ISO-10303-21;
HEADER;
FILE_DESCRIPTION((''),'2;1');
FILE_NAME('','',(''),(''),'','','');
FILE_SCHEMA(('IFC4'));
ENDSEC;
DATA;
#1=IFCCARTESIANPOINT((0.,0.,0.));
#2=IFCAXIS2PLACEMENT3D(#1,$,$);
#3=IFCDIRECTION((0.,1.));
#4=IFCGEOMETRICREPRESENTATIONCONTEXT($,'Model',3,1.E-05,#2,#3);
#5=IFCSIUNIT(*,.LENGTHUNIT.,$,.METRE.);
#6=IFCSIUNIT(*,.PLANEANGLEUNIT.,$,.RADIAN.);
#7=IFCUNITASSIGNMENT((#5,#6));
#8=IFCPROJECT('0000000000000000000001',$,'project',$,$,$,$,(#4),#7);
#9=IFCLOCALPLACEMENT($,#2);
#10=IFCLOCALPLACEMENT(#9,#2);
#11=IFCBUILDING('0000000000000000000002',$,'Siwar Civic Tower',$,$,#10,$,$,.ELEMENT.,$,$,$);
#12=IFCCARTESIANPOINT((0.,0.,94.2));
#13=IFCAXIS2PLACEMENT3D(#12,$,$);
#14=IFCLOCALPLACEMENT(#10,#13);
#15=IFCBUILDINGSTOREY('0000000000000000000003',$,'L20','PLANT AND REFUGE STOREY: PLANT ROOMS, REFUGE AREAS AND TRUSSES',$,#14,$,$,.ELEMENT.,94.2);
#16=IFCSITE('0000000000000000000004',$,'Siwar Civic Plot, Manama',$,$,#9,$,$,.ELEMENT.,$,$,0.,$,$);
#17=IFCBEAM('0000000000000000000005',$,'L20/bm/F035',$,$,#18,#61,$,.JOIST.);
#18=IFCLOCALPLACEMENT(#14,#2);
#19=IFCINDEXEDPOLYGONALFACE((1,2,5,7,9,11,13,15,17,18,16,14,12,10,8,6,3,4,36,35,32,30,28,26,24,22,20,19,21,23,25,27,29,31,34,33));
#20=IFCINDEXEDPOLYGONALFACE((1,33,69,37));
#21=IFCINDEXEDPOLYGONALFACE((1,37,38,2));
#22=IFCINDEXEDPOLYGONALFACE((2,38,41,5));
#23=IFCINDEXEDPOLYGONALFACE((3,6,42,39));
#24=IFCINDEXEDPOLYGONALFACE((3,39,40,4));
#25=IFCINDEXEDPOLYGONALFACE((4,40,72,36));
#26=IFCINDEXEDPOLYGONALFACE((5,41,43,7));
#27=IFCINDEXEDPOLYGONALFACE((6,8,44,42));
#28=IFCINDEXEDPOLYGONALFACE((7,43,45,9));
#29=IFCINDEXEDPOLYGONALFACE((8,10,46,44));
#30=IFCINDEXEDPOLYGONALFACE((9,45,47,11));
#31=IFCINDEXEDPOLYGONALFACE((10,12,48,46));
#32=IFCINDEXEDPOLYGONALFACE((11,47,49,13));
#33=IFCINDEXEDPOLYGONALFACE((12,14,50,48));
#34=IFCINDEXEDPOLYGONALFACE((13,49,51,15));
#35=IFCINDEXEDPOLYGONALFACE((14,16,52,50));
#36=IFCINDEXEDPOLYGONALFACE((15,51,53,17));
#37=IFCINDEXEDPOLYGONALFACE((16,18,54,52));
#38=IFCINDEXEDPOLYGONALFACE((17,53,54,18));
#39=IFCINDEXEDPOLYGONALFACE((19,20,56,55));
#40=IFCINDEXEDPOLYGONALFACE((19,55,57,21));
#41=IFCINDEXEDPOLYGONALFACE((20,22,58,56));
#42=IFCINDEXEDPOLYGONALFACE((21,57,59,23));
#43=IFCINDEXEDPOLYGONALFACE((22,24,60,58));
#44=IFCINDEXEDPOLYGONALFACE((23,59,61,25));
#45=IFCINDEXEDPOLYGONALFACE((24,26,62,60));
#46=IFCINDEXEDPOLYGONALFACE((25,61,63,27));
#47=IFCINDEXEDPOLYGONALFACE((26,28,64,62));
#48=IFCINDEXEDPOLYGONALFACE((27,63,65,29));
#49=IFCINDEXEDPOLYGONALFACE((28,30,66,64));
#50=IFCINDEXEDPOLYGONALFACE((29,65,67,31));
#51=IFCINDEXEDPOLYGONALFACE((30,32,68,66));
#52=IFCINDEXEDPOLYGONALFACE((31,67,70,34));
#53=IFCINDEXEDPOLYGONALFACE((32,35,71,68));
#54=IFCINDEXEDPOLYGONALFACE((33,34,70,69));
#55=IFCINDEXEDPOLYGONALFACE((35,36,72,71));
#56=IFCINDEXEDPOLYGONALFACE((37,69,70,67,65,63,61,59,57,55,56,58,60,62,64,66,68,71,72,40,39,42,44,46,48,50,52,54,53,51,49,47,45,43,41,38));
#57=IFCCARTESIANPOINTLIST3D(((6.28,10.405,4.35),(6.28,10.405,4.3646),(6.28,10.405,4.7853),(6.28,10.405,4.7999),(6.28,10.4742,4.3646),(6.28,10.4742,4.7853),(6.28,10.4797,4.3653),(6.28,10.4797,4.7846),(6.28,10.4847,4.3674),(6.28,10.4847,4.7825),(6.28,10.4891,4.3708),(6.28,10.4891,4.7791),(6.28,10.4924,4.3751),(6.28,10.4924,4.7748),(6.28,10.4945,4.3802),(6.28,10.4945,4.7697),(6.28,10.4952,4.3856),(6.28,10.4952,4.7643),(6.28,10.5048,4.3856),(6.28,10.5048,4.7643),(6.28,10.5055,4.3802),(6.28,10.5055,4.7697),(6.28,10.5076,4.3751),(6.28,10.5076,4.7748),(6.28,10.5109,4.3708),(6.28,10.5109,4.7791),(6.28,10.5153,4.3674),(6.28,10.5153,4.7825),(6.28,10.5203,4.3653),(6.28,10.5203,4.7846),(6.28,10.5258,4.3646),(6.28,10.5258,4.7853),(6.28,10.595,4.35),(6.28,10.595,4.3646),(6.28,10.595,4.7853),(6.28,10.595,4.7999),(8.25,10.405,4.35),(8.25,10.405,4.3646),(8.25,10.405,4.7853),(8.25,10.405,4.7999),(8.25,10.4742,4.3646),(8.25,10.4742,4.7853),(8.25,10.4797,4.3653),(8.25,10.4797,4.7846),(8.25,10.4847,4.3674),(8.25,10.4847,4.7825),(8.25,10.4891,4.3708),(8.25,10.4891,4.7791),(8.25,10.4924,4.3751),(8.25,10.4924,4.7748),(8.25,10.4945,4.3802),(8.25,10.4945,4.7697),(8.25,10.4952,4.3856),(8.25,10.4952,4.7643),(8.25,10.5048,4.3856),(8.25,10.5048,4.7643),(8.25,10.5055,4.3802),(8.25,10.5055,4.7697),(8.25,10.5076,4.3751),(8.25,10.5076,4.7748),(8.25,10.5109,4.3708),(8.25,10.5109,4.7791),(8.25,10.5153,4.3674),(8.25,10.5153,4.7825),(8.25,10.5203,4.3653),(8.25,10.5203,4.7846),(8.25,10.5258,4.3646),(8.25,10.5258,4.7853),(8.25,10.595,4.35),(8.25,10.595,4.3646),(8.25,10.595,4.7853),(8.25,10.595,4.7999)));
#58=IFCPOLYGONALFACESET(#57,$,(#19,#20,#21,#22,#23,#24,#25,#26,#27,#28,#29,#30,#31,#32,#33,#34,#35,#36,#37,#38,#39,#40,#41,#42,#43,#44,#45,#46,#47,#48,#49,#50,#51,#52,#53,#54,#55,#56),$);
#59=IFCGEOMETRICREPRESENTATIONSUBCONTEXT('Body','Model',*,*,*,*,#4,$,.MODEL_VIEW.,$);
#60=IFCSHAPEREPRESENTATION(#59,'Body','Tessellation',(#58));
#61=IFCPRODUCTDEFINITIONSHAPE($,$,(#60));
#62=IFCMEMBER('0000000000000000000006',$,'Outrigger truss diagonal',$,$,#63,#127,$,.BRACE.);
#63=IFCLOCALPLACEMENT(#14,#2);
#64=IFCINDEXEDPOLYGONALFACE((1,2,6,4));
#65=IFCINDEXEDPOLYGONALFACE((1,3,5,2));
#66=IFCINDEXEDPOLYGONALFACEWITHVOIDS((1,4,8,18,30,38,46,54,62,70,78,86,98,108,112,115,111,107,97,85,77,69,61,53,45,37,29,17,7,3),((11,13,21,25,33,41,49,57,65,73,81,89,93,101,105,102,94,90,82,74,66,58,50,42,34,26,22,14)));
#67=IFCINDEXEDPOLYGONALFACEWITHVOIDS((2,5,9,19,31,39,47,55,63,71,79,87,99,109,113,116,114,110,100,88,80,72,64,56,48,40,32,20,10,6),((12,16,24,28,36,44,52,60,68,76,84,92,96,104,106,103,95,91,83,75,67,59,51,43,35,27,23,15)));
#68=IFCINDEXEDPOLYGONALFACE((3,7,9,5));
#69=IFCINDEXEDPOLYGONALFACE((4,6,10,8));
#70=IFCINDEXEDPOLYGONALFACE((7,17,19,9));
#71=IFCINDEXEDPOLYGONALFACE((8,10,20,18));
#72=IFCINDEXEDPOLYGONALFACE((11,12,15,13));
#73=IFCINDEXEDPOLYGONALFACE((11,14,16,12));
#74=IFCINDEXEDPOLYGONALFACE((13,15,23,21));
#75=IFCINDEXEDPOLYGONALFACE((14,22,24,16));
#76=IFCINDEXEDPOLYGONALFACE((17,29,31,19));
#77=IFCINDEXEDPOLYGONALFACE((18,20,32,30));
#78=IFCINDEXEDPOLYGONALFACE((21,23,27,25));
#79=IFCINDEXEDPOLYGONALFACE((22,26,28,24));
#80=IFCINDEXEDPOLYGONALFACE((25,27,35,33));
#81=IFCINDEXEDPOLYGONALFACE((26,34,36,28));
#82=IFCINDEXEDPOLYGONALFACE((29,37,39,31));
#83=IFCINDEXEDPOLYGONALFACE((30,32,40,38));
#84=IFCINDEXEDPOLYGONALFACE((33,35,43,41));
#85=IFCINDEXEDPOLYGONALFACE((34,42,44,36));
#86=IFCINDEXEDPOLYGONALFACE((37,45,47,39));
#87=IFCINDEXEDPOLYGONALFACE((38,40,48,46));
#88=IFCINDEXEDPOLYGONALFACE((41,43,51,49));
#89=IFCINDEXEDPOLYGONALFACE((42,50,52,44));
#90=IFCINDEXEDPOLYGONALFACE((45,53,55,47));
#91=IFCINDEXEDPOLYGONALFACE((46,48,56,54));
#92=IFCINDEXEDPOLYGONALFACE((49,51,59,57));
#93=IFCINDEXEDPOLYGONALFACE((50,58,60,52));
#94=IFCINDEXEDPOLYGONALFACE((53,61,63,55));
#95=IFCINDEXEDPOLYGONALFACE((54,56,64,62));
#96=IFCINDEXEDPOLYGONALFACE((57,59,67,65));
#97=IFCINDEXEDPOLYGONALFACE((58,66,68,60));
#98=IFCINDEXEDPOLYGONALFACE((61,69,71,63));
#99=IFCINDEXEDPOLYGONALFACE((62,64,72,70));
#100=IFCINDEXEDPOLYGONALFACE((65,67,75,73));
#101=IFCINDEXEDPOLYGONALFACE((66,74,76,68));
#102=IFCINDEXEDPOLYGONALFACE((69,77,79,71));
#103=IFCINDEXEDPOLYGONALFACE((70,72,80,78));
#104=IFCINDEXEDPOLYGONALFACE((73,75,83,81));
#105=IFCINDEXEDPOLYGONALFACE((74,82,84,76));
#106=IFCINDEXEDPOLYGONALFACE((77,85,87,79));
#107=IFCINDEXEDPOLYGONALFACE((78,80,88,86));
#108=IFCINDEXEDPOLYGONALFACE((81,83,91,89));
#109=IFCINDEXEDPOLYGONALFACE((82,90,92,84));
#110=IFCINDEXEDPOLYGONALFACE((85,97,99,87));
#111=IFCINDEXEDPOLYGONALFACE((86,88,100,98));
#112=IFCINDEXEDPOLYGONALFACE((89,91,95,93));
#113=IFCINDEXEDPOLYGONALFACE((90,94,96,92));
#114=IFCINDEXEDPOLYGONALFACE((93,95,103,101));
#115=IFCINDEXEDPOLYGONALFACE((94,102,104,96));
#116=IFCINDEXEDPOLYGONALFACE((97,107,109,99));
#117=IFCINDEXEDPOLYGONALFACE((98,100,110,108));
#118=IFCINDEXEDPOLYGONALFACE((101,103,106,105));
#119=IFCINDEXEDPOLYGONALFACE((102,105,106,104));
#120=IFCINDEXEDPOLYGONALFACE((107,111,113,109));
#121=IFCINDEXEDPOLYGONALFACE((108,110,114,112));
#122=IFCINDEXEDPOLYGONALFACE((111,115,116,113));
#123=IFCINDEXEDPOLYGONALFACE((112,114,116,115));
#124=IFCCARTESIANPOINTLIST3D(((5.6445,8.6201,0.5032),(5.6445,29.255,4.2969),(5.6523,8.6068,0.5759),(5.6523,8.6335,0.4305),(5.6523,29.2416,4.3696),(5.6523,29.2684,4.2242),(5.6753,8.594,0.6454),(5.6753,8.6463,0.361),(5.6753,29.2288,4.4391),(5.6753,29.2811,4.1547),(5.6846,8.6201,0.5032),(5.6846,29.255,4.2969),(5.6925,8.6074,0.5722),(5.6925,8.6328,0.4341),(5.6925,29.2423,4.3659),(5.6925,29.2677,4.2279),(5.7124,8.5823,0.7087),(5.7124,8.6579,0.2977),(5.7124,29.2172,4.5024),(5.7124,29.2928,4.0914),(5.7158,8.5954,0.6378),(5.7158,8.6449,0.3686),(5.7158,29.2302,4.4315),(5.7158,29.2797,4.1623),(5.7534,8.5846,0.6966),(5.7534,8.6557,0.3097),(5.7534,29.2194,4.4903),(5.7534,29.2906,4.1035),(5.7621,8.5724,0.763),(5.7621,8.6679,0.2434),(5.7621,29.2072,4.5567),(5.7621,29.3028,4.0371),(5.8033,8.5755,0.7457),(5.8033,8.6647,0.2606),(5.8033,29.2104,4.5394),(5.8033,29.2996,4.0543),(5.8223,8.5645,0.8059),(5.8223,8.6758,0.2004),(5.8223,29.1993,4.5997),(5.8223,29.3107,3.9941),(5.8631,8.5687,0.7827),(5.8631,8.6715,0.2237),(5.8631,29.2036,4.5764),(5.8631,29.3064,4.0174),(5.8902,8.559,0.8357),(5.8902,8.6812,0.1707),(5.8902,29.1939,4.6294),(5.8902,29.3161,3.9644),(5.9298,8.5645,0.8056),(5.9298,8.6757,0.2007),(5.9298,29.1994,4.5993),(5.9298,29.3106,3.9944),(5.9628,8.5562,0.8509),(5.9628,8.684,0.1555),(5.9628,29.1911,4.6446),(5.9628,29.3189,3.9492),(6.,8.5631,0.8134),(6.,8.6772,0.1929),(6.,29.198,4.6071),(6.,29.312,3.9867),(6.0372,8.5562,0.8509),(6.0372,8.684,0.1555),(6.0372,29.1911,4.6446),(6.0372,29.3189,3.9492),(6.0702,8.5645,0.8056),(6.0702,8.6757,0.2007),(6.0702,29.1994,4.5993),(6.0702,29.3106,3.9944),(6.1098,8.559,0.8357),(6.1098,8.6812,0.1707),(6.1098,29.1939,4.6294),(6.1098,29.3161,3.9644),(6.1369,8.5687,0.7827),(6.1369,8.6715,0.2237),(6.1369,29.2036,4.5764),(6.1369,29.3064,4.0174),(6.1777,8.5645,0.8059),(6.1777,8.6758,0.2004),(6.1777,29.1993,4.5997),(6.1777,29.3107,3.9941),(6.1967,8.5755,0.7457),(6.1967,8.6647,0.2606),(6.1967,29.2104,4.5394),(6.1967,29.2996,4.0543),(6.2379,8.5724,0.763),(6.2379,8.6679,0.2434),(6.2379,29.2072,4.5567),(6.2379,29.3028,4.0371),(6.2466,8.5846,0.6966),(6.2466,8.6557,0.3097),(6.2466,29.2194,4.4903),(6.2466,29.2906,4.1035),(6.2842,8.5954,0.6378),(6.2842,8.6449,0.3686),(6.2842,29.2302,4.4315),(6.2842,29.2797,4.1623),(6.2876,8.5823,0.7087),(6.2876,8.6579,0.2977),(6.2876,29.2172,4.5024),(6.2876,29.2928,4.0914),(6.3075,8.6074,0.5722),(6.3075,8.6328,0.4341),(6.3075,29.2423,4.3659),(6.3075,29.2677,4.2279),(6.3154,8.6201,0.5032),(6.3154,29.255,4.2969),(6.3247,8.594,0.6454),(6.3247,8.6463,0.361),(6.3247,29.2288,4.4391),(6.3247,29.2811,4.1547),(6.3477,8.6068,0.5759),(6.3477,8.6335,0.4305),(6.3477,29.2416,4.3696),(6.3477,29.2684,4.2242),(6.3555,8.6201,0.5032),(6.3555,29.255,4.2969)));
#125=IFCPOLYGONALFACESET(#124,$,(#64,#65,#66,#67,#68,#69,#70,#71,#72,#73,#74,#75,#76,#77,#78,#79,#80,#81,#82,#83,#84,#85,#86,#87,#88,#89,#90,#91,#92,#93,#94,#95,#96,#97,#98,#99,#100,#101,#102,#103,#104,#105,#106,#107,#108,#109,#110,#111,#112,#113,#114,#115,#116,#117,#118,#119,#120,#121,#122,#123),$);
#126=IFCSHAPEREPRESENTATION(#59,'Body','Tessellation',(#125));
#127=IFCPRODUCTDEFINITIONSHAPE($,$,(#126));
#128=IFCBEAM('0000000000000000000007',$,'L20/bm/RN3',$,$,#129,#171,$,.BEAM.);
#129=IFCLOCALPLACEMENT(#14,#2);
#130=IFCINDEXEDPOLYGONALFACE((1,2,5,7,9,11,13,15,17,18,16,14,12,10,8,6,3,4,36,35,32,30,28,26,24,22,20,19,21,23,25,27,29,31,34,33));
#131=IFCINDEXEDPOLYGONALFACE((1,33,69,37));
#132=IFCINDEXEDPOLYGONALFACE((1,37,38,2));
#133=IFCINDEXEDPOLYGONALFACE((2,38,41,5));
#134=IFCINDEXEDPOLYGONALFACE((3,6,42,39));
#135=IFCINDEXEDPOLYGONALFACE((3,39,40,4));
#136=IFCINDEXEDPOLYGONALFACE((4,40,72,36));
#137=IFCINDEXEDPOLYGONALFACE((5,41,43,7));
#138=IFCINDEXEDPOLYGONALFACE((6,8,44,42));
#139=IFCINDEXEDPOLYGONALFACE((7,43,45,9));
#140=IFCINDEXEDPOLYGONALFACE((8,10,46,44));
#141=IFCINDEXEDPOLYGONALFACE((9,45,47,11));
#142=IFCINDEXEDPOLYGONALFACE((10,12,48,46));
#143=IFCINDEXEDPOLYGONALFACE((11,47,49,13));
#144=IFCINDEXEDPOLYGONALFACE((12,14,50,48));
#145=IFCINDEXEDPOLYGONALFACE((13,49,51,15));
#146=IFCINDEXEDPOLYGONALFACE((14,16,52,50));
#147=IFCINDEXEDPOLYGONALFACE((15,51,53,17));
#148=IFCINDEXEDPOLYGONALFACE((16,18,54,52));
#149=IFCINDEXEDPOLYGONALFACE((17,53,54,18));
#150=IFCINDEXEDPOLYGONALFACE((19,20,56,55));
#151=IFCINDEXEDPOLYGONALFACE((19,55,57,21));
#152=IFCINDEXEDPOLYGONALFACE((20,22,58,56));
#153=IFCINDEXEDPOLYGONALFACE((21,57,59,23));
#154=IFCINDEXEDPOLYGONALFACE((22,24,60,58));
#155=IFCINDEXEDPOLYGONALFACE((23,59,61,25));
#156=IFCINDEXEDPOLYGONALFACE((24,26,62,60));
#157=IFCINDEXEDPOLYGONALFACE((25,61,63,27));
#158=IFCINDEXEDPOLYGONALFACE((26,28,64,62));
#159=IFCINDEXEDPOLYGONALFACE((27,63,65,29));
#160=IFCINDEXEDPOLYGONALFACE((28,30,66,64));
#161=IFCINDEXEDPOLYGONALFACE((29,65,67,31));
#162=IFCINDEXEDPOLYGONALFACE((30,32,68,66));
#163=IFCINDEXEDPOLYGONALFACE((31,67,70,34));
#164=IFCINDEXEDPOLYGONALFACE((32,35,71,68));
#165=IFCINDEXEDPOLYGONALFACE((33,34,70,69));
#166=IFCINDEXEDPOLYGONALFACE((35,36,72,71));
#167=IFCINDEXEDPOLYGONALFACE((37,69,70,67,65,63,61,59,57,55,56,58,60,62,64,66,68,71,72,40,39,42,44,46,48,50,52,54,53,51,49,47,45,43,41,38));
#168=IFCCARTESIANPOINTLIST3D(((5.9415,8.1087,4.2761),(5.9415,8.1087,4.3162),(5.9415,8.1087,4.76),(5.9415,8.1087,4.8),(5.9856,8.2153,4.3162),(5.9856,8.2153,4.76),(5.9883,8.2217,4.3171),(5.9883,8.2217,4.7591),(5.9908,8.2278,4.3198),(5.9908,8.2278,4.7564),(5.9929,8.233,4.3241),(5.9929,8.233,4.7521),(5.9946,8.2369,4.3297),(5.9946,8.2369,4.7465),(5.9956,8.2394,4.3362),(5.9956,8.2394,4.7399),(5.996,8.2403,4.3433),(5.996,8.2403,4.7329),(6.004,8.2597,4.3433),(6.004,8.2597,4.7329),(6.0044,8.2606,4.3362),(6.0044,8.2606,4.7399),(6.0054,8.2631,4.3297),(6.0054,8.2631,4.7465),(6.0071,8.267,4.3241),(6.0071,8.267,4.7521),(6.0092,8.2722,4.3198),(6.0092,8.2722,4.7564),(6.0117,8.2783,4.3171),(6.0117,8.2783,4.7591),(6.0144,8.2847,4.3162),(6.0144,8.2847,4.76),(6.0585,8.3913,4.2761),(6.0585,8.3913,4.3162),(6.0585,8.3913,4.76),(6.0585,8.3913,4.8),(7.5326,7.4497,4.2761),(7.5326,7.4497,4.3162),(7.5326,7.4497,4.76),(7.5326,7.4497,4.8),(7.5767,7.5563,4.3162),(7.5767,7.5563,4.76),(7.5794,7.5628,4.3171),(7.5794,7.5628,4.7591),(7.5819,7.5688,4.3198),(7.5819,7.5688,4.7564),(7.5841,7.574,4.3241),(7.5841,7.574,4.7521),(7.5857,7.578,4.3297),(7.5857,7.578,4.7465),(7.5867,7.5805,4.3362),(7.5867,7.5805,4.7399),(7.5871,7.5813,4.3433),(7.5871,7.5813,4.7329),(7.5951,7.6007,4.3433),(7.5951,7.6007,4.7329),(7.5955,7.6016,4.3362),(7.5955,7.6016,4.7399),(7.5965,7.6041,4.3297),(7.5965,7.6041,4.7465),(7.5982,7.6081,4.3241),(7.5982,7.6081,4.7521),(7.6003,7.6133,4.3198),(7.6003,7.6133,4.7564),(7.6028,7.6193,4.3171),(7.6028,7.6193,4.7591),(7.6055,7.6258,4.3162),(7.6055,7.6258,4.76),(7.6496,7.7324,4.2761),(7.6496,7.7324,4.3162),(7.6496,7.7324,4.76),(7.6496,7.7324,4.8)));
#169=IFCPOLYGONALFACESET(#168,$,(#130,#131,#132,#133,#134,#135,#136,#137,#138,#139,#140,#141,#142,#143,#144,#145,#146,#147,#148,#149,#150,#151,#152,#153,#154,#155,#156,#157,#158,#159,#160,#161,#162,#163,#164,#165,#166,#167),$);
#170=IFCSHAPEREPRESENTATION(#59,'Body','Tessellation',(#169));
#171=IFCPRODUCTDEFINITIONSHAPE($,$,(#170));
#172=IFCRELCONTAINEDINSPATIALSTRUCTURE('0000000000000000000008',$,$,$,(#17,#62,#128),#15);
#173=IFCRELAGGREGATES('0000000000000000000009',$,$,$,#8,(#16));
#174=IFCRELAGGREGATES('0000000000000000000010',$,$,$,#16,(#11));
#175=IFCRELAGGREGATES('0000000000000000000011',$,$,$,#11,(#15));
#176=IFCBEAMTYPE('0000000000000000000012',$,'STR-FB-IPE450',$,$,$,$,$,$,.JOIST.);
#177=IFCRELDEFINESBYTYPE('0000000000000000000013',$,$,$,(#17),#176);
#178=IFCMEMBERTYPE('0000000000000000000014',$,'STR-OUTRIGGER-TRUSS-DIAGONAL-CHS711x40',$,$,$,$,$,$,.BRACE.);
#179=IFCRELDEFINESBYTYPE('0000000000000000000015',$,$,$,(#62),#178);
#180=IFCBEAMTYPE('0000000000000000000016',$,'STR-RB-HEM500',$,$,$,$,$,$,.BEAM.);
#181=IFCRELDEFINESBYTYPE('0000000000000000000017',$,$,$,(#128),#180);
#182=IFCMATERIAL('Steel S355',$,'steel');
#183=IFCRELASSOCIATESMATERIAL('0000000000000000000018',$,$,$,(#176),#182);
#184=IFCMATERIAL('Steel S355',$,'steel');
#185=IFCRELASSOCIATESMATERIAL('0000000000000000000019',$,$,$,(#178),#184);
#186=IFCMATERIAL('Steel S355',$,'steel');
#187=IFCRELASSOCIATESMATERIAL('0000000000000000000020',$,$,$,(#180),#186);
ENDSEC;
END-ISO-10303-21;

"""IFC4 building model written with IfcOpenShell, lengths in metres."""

from ifc_helpers import new_model, si_unit, direction, frame, origin, origin_2d, place, context, subcontext, project, spatial, hollow_circle, i_section, extrude, material, material_profile, profile_set, type_object, element, save


model = new_model("IFC4")

# Units and contexts
model_context = context("Model", 3, precision=1e-05, world=origin(), true_north=direction((0.0, 1.0)))
body_context = subcontext(model_context, "Body", "Model", "MODEL_VIEW")
ifc_project = project(units=[si_unit("LENGTHUNIT", "METRE"), si_unit("PLANEANGLEUNIT", "RADIAN")], contexts=[model_context])

# Site, building, storey
site_placement = place(None, origin())
site = spatial("IfcSite", under=ifc_project, at=site_placement, Name="Siwar Civic Plot, Manama", CompositionType="ELEMENT", RefElevation=0.0)
building_placement = place(site_placement, origin())
building = spatial("IfcBuilding", under=site, at=building_placement, Name="Siwar Civic Tower", CompositionType="ELEMENT")
storey_placement = place(building_placement, frame((0.0, 0.0, 94.2)))
storey = spatial("IfcBuildingStorey", under=building, at=storey_placement, Name="L20", Description="PLANT AND REFUGE STOREY: PLANT ROOMS, REFUGE AREAS AND TRUSSES", CompositionType="ELEMENT", Elevation=94.2)

# Beam
ifc_material_1 = material(Name="Steel S355", Category="steel")
ifc_material_profile_1 = material_profile(ifc_material_1, i_section(OverallWidth=0.1899, OverallDepth=0.45, WebThickness=0.0095, FlangeThickness=0.0146, FilletRadius=0.021, at=origin_2d()), Name="IPE450")
ifc_profile_set_1 = profile_set([ifc_material_profile_1], Name="Steel S355")
beam_type_1 = type_object("IfcBeamType", Name="STR-FB-IPE450", PredefinedType="JOIST", material=ifc_profile_set_1)
beam_1_placement = place(storey_placement, frame((6.28, 10.5, 4.575), z_axis=(1.0, 0.0, 0.0), x_axis=(0.0, 1.0, 0.0)))
element("IfcBeam", 1, at=beam_1_placement, inside=storey, type_object=beam_type_1, Name="L20/bm/F035", PredefinedType="JOIST", context=body_context, shape_type="SweptSolid", body=[
    extrude(i_section(OverallWidth=0.1899, OverallDepth=0.45, WebThickness=0.0095, FlangeThickness=0.0146, FilletRadius=0.021, at=origin_2d()), origin(), (0.0, 0.0, 1.0), 1.97),
])

# Member
ifc_material_2 = material(Name="Steel S355", Category="steel")
ifc_material_profile_2 = material_profile(ifc_material_2, hollow_circle(Radius=0.3555, WallThickness=0.04, at=origin_2d()), Name="CHS711x40")
ifc_profile_set_2 = profile_set([ifc_material_profile_2], Name="Steel S355")
member_type_1 = type_object("IfcMemberType", Name="STR-OUTRIGGER-TRUSS-DIAGONAL-CHS711x40", PredefinedType="BRACE", material=ifc_profile_set_2)
member_1_placement = place(storey_placement, frame((6.0, 8.6201, 0.5032), z_axis=(0.0, 0.983516, 0.180819), x_axis=(-1.0, 0.0, 0.0)))
element("IfcMember", 2, at=member_1_placement, inside=storey, type_object=member_type_1, Name="Outrigger truss diagonal", PredefinedType="BRACE", context=body_context, shape_type="SweptSolid", body=[
    extrude(hollow_circle(Radius=0.3555, WallThickness=0.04, at=origin_2d()), origin(), (0.0, 0.0, 1.0), 20.9807),
])

# Beam
ifc_material_3 = material(Name="Steel S355", Category="steel")
ifc_material_profile_3 = material_profile(ifc_material_3, i_section(OverallWidth=0.3059, OverallDepth=0.5239, WebThickness=0.021, FlangeThickness=0.04, FilletRadius=0.0271, at=origin_2d()), Name="HEM500")
ifc_profile_set_3 = profile_set([ifc_material_profile_3], Name="Steel S355")
beam_type_2 = type_object("IfcBeamType", Name="STR-RB-HEM500", PredefinedType="BEAM", material=ifc_profile_set_3)
for number, where, z_axis, x_axis, name in (
    (3, (6.0, 8.25, 4.5381), (0.923901, -0.382631, 0.0), (0.382631, 0.923901, 0.0), "L20/bm/RN3"),
):
    element("IfcBeam", number, at=place(storey_placement, frame(where, z_axis=z_axis, x_axis=x_axis)), inside=storey, type_object=beam_type_2, Name=name, PredefinedType="BEAM", context=body_context, shape_type="SweptSolid", body=[
        extrude(i_section(OverallWidth=0.3059, OverallDepth=0.5239, WebThickness=0.021, FlangeThickness=0.04, FilletRadius=0.0271, at=origin_2d()), origin(), (0.0, 0.0, 1.0), 1.7222),
    ])

save(model, "model.ifc")
